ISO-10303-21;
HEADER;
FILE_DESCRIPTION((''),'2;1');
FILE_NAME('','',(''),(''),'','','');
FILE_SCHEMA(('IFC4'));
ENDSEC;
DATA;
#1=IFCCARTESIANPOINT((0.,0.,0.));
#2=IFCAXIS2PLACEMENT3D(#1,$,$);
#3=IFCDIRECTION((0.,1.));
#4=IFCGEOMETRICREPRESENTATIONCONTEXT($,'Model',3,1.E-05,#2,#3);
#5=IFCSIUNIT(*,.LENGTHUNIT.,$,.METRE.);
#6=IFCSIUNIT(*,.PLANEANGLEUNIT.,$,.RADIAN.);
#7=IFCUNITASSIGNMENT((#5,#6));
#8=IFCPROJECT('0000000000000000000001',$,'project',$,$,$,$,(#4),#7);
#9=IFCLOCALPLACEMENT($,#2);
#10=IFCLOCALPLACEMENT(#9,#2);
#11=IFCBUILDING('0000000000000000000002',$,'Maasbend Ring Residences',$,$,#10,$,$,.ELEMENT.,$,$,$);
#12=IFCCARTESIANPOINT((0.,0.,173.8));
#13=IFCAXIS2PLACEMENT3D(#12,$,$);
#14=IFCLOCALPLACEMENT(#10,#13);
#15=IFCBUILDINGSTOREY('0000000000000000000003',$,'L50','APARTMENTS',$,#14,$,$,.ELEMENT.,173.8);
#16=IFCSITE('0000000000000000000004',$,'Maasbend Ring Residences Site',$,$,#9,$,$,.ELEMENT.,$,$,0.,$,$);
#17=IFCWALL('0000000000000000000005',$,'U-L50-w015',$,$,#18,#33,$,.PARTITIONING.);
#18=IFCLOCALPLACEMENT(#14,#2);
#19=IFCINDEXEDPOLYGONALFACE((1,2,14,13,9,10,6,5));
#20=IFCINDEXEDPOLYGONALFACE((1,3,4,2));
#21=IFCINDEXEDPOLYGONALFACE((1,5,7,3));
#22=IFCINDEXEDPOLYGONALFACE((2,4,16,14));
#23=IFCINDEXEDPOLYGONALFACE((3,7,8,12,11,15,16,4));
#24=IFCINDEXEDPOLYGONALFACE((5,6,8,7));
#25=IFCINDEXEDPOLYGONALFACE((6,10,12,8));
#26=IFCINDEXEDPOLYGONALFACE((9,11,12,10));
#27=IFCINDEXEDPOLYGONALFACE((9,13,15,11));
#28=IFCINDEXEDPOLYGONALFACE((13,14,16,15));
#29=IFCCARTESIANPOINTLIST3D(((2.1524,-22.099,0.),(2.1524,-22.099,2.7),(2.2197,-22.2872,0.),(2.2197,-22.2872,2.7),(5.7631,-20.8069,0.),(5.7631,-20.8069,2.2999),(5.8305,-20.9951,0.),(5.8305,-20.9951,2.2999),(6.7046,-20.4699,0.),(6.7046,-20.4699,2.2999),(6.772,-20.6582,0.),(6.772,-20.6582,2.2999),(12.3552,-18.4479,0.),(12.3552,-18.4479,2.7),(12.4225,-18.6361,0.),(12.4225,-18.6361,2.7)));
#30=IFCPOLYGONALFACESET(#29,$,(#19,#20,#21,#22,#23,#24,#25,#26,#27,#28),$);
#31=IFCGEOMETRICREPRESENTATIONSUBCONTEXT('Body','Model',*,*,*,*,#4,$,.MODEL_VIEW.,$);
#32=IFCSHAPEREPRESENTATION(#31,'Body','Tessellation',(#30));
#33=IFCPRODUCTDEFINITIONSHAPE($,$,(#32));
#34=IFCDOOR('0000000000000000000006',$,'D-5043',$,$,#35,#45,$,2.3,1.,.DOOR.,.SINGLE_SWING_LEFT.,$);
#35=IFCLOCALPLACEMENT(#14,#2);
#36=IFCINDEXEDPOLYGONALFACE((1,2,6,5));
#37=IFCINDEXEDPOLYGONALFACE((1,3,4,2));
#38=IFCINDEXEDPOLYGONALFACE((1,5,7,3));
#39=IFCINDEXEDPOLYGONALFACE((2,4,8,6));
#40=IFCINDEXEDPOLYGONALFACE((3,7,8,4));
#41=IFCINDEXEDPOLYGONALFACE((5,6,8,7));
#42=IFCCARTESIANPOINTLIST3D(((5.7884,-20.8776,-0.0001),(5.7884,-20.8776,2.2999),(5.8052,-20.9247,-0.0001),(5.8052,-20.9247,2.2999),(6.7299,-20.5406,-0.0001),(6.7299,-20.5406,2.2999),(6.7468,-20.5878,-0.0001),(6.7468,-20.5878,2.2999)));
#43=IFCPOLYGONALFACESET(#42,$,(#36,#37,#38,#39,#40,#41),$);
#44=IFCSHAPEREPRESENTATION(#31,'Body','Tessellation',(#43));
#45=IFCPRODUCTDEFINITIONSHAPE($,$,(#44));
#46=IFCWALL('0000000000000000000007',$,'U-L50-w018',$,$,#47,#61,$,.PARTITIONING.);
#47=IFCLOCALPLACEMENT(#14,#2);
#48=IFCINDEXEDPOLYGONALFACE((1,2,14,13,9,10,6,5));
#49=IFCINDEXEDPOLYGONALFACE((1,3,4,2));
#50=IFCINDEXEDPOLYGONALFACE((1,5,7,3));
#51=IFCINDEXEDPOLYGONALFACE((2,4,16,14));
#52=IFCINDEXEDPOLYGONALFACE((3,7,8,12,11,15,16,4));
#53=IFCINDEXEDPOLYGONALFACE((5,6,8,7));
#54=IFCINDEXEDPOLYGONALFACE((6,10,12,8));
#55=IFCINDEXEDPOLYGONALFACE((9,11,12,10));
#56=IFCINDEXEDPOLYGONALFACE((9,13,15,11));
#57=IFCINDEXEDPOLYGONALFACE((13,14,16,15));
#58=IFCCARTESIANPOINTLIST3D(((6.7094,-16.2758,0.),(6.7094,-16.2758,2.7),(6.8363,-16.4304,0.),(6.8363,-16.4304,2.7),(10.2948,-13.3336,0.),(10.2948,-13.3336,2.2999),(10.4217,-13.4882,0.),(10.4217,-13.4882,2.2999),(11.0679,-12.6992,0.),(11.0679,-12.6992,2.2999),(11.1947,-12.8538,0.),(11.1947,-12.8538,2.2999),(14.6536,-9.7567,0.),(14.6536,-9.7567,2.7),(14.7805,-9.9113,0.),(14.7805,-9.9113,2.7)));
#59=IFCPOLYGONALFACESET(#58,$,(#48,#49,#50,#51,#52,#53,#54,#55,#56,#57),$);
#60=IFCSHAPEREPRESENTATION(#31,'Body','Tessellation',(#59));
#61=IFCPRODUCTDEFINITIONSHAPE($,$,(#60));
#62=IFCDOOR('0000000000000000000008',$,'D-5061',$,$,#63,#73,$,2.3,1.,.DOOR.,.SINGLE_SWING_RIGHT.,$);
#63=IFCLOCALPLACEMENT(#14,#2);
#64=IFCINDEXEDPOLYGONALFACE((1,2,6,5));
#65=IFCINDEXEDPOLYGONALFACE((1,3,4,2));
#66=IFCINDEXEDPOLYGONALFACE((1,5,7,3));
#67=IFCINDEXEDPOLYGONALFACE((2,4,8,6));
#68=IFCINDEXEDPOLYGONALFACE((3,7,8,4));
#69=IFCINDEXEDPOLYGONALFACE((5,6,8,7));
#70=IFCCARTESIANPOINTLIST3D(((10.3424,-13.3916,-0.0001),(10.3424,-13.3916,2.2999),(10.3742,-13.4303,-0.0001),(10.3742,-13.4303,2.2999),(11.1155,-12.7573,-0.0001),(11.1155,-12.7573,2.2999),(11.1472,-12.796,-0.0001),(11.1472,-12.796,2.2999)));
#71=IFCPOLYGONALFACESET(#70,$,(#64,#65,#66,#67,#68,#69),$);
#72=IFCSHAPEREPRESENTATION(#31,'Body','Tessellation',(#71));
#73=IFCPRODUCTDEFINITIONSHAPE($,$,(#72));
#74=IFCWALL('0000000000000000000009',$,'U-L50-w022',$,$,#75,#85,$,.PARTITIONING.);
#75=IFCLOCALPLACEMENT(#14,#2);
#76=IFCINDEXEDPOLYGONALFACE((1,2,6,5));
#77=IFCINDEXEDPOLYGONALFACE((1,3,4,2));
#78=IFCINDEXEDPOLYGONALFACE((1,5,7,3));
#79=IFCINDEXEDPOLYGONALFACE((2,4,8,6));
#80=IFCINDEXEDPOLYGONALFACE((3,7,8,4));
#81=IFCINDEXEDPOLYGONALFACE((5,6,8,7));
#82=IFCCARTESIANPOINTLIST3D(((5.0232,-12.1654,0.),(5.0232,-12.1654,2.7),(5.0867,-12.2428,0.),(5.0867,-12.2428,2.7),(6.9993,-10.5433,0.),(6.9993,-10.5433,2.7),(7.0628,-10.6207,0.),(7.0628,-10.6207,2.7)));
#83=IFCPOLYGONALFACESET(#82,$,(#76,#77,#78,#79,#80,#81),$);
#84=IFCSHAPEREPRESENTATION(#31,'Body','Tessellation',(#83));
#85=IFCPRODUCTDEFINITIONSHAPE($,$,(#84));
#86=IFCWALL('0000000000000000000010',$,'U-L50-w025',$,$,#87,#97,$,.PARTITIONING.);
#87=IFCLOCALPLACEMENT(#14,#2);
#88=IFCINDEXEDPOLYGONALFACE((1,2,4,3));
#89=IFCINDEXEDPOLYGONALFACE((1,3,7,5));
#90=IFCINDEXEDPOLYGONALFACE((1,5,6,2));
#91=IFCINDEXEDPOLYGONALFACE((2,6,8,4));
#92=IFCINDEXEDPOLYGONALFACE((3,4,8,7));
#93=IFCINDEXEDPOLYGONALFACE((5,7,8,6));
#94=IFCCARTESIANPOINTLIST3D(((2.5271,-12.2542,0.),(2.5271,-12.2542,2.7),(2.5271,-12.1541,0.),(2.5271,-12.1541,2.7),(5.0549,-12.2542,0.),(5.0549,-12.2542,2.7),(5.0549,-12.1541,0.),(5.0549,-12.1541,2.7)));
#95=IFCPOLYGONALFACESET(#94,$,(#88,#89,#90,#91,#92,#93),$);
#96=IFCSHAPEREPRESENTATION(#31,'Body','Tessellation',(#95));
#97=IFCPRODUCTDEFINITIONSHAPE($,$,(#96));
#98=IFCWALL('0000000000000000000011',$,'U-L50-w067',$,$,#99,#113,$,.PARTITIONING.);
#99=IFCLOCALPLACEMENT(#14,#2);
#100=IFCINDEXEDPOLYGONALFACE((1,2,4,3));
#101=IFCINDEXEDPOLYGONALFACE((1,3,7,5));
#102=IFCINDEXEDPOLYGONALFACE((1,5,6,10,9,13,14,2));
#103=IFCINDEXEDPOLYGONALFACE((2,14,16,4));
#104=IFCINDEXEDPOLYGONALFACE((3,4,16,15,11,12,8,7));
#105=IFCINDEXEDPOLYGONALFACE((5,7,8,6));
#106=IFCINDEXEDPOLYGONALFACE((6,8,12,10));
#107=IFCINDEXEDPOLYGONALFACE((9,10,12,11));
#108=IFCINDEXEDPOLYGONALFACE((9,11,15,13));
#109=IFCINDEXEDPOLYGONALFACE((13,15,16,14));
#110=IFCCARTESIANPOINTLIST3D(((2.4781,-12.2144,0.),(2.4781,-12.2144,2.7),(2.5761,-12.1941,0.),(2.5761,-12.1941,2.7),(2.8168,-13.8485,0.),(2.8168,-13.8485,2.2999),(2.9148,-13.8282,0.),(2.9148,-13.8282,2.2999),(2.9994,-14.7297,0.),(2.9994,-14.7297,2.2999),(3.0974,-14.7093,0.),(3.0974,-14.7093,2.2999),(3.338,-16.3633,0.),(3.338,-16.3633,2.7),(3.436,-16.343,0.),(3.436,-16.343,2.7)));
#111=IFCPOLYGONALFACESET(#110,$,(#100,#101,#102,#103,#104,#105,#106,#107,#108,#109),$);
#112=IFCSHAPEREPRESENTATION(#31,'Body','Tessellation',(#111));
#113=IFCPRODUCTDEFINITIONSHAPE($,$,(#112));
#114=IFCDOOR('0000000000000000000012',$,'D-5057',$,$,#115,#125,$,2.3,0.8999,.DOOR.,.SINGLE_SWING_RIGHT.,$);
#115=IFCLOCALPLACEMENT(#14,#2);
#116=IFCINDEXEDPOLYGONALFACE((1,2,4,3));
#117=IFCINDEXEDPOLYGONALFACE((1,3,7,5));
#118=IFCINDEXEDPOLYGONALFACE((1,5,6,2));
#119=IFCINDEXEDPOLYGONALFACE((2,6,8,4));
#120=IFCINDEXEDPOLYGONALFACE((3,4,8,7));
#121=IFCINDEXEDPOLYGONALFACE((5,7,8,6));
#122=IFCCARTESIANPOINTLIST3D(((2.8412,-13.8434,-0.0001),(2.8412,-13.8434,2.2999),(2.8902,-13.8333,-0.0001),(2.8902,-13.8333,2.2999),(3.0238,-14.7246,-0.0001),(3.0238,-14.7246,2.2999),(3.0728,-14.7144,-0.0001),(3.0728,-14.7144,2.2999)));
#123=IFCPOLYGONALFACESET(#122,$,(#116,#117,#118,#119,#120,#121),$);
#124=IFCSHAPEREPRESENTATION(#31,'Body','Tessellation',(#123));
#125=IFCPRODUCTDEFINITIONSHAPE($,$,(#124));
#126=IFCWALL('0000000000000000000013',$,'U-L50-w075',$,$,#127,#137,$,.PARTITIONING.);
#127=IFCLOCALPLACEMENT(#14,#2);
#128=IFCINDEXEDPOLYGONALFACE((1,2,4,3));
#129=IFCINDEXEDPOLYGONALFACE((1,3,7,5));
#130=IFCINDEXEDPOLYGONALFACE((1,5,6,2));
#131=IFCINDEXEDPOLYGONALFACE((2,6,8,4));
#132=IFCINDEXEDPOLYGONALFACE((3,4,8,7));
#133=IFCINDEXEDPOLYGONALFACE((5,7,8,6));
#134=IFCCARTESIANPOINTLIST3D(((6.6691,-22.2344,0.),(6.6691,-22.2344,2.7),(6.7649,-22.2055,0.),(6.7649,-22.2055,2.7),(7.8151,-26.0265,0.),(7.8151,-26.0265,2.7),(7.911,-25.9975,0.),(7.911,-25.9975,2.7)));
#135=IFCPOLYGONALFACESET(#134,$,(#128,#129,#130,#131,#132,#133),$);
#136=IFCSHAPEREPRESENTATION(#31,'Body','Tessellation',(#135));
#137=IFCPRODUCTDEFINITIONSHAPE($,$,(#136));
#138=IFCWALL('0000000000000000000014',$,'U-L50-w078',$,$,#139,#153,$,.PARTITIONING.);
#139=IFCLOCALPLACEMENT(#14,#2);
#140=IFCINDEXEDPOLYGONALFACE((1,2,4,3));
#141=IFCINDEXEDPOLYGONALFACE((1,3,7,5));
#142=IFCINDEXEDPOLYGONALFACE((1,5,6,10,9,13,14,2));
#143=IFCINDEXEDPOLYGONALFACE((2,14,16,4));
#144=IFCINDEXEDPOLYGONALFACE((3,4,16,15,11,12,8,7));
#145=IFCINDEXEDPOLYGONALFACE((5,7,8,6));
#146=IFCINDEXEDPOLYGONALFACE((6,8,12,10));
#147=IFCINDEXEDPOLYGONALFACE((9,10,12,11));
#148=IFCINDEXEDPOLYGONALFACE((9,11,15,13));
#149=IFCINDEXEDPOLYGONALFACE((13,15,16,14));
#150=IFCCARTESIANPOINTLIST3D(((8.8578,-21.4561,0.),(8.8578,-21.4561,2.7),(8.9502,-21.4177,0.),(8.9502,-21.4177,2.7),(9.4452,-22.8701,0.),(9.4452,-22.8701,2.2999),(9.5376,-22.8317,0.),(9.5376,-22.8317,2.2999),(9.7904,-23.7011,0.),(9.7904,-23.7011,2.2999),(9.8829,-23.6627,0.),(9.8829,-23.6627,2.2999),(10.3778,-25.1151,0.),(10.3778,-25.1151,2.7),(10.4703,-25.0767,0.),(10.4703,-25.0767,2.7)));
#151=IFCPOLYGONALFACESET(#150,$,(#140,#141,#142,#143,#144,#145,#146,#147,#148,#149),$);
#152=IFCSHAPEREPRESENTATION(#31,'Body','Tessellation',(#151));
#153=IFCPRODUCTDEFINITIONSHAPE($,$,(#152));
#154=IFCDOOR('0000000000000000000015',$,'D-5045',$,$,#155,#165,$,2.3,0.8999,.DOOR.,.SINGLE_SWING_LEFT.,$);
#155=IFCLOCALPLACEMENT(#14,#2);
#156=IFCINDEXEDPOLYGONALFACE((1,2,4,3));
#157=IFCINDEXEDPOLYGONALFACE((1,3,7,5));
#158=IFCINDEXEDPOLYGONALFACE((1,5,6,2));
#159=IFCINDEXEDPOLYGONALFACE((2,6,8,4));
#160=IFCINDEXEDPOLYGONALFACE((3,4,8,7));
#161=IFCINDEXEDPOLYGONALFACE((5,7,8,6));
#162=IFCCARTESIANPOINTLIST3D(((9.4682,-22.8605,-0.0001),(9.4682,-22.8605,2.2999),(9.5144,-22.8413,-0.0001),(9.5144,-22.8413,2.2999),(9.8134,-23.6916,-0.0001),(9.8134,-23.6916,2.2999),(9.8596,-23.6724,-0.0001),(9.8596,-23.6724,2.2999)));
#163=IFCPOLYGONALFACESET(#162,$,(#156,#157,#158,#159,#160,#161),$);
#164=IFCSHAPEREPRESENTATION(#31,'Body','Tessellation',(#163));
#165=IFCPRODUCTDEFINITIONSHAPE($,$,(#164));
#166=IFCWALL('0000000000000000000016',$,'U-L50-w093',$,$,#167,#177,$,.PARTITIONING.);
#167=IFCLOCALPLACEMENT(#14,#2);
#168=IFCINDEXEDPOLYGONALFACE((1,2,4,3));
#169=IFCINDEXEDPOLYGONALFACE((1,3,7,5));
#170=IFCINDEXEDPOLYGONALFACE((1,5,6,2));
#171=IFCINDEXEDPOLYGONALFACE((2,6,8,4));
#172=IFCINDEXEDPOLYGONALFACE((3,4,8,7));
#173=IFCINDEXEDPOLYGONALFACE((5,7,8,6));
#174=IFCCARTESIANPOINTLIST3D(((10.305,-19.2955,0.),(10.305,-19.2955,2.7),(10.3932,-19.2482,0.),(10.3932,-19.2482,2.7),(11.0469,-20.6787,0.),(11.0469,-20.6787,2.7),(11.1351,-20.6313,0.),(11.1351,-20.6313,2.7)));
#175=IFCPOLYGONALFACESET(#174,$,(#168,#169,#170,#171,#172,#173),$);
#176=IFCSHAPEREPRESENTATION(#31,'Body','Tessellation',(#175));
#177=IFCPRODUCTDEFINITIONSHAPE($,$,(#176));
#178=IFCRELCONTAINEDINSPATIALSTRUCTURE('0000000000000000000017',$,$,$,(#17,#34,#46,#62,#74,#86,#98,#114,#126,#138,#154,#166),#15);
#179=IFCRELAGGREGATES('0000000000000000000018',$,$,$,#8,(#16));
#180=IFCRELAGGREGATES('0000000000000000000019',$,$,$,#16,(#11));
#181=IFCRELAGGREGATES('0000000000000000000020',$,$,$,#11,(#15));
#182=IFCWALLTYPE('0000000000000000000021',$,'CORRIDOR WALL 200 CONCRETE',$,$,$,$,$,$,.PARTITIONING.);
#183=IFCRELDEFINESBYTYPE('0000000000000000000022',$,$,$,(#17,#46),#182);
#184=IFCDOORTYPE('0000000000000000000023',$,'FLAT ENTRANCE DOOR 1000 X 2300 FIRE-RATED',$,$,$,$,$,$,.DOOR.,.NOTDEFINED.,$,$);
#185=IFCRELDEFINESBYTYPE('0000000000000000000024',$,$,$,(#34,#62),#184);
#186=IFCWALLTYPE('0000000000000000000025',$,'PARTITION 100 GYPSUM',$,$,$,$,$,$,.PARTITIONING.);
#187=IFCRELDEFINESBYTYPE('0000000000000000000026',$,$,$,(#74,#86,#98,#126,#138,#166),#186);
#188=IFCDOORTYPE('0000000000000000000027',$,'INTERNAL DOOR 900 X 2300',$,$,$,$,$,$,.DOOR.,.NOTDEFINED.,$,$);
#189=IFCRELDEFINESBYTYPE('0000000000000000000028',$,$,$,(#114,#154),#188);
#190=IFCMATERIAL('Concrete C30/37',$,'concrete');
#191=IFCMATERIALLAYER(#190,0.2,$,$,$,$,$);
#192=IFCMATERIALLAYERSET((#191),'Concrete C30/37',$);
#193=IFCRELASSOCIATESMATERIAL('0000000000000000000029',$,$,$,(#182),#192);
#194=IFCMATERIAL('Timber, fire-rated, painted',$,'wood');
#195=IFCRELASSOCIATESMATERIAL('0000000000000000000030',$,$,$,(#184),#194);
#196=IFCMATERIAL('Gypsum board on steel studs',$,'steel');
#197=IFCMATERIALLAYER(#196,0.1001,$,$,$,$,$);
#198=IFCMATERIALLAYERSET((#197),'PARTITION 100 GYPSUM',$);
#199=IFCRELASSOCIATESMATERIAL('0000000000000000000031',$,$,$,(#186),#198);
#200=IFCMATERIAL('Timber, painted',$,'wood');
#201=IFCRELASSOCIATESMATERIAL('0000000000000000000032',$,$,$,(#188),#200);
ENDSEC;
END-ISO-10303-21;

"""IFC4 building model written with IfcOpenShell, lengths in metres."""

from ifc_helpers import new_model, si_unit, direction, frame, frame_2d, origin, place, context, subcontext, project, spatial, rectangle, extrude, material, layer, layer_set, type_object, element, fill, save


model = new_model("IFC4")

# Units and contexts
model_context = context("Model", 3, precision=1e-05, world=origin(), true_north=direction((0.0, 1.0)))
body_context = subcontext(model_context, "Body", "Model", "MODEL_VIEW")
ifc_project = project(units=[si_unit("LENGTHUNIT", "METRE"), si_unit("PLANEANGLEUNIT", "RADIAN")], contexts=[model_context])

# Site, building, storey
site_placement = place(None, origin())
site = spatial("IfcSite", under=ifc_project, at=site_placement, Name="Maasbend Ring Residences Site", CompositionType="ELEMENT", RefElevation=0.0)
building_placement = place(site_placement, origin())
building = spatial("IfcBuilding", under=site, at=building_placement, Name="Maasbend Ring Residences", CompositionType="ELEMENT")
storey_placement = place(building_placement, frame((0.0, 0.0, 173.8)))
storey = spatial("IfcBuildingStorey", under=building, at=storey_placement, Name="L50", Description="APARTMENTS", CompositionType="ELEMENT", Elevation=173.8)

# Walls, openings, doors
ifc_material_1 = material(Name="Concrete C30/37", Category="concrete")
ifc_layer_1 = layer(ifc_material_1, 0.2)
ifc_layer_set_1 = layer_set([ifc_layer_1], Name="Concrete C30/37")
wall_type_1 = type_object("IfcWallType", Name="CORRIDOR WALL 200 CONCRETE", PredefinedType="PARTITIONING", material=ifc_layer_set_1)
wall_1_placement = place(storey_placement, frame((2.186, -22.1931, 0.0), z_axis=(0.0, 0.0, 1.0), x_axis=(0.94153, 0.336929, 0.0)))
wall_1 = element("IfcWall", 1, at=wall_1_placement, inside=storey, type_object=wall_type_1, Name="U-L50-w015", PredefinedType="PARTITIONING", context=body_context, shape_type="SweptSolid", body=[
    extrude(rectangle(XDim=10.8364, YDim=0.2, at=frame_2d((5.4182, 0.0))), origin(), (0.0, 0.0, 1.0), 2.7),
])
opening_1_placement = place(wall_1_placement, frame((3.835, 0.0, 0.0)))
opening_1 = element("IfcOpeningElement", 2, at=opening_1_placement, cuts=wall_1, PredefinedType="OPENING", context=body_context, shape_type="SweptSolid", body=[
    extrude(rectangle(XDim=1.0, YDim=2.3, at=frame_2d((0.5, 1.1499))), frame((0.0, 0.1099, 0.0), z_axis=(0.0, -1.0, 0.0), x_axis=(1.0, 0.0, 0.0)), (0.0, 0.0, 1.0), 0.22),
])
ifc_material_2 = material(Name="Timber, fire-rated, painted", Category="wood")
door_type_1 = type_object("IfcDoorType", Name="FLAT ENTRANCE DOOR 1000 X 2300 FIRE-RATED", OperationType="NOTDEFINED", PredefinedType="DOOR", material=ifc_material_2)
door_1_placement = place(opening_1_placement, origin())
door_1 = element("IfcDoor", 3, at=door_1_placement, inside=storey, type_object=door_type_1, Name="D-5043", OperationType="SINGLE_SWING_LEFT", OverallHeight=2.3, OverallWidth=1.0, PredefinedType="DOOR", context=body_context, shape_type="SweptSolid", body=[
    extrude(rectangle(XDim=1.0, YDim=2.3, at=frame_2d((0.5, 1.1499))), frame((0.0, 0.0249, 0.0), z_axis=(0.0, -1.0, 0.0), x_axis=(1.0, 0.0, 0.0)), (0.0, 0.0, 1.0), 0.05),
])
fill(opening_1, door_1)
wall_2_placement = place(storey_placement, frame((6.7729, -16.353, 0.0), z_axis=(0.0, 0.0, 1.0), x_axis=(0.773035, 0.634364, 0.0)))
wall_2 = element("IfcWall", 4, at=wall_2_placement, inside=storey, type_object=wall_type_1, Name="U-L50-w018", PredefinedType="PARTITIONING", context=body_context, shape_type="SweptSolid", body=[
    extrude(rectangle(XDim=10.2766, YDim=0.2, at=frame_2d((5.1382, 0.0))), origin(), (0.0, 0.0, 1.0), 2.7),
])
opening_2_placement = place(wall_2_placement, frame((4.6379, 0.0, 0.0)))
opening_2 = element("IfcOpeningElement", 5, at=opening_2_placement, cuts=wall_2, PredefinedType="OPENING", context=body_context, shape_type="SweptSolid", body=[
    extrude(rectangle(XDim=1.0, YDim=2.3, at=frame_2d((0.5, 1.1499))), frame((0.0, 0.1099, 0.0), z_axis=(0.0, -1.0, 0.0), x_axis=(1.0, 0.0, 0.0)), (0.0, 0.0, 1.0), 0.22),
])
door_2_placement = place(opening_2_placement, origin())
door_2 = element("IfcDoor", 6, at=door_2_placement, inside=storey, type_object=door_type_1, Name="D-5061", OperationType="SINGLE_SWING_RIGHT", OverallHeight=2.3, OverallWidth=1.0, PredefinedType="DOOR", context=body_context, shape_type="SweptSolid", body=[
    extrude(rectangle(XDim=1.0, YDim=2.3, at=frame_2d((0.5, 1.1499))), frame((0.0, 0.0249, 0.0), z_axis=(0.0, -1.0, 0.0), x_axis=(1.0, 0.0, 0.0)), (0.0, 0.0, 1.0), 0.05),
])
fill(opening_2, door_2)

# Walls
ifc_material_3 = material(Name="Gypsum board on steel studs", Category="steel")
ifc_layer_2 = layer(ifc_material_3, 0.1001)
ifc_layer_set_2 = layer_set([ifc_layer_2], Name="PARTITION 100 GYPSUM")
wall_type_2 = type_object("IfcWallType", Name="PARTITION 100 GYPSUM", PredefinedType="PARTITIONING", material=ifc_layer_set_2)
wall_3_placement = place(storey_placement, frame((5.0549, -12.2041, 0.0), z_axis=(0.0, 0.0, 1.0), x_axis=(0.772944, 0.634475, 0.0)))
element("IfcWall", 7, at=wall_3_placement, inside=storey, type_object=wall_type_2, Name="U-L50-w022", PredefinedType="PARTITIONING", context=body_context, shape_type="SweptSolid", body=[
    extrude(rectangle(XDim=2.5566, YDim=0.1001, at=frame_2d((1.2783, 0.0))), origin(), (0.0, 0.0, 1.0), 2.7),
])
wall_4_placement = place(storey_placement, frame((2.5271, -12.2041, 0.0), z_axis=(0.0, 0.0, 1.0), x_axis=(1.0, 0.0, 0.0)))
element("IfcWall", 8, at=wall_4_placement, inside=storey, type_object=wall_type_2, Name="U-L50-w025", PredefinedType="PARTITIONING", context=body_context, shape_type="SweptSolid", body=[
    extrude(rectangle(XDim=2.5278, YDim=0.1001, at=frame_2d((1.2639, 0.0))), origin(), (0.0, 0.0, 1.0), 2.7),
])

# Wall, opening, door
wall_5_placement = place(storey_placement, frame((2.5271, -12.2041, 0.0), z_axis=(0.0, 0.0, 1.0), x_axis=(0.202937, -0.979192, 0.0)))
wall_5 = element("IfcWall", 9, at=wall_5_placement, inside=storey, type_object=wall_type_2, Name="U-L50-w067", PredefinedType="PARTITIONING", context=body_context, shape_type="SweptSolid", body=[
    extrude(rectangle(XDim=4.2371, YDim=0.1001, at=frame_2d((2.1187, 0.0))), origin(), (0.0, 0.0, 1.0), 2.7),
])
opening_3_placement = place(wall_5_placement, frame((1.6689, 0.0, 0.0)))
opening_3 = element("IfcOpeningElement", 10, at=opening_3_placement, cuts=wall_5, PredefinedType="OPENING", context=body_context, shape_type="SweptSolid", body=[
    extrude(rectangle(XDim=0.8999, YDim=2.3, at=frame_2d((0.45, 1.1499))), frame((0.0, 0.0601, 0.0), z_axis=(0.0, -1.0, 0.0), x_axis=(1.0, 0.0, 0.0)), (0.0, 0.0, 1.0), 0.1201),
])
ifc_material_4 = material(Name="Timber, painted", Category="wood")
door_type_2 = type_object("IfcDoorType", Name="INTERNAL DOOR 900 X 2300", OperationType="NOTDEFINED", PredefinedType="DOOR", material=ifc_material_4)
door_3_placement = place(opening_3_placement, origin())
door_3 = element("IfcDoor", 11, at=door_3_placement, inside=storey, type_object=door_type_2, Name="D-5057", OperationType="SINGLE_SWING_RIGHT", OverallHeight=2.3, OverallWidth=0.8999, PredefinedType="DOOR", context=body_context, shape_type="SweptSolid", body=[
    extrude(rectangle(XDim=0.8999, YDim=2.3, at=frame_2d((0.45, 1.1499))), frame((0.0, 0.0249, 0.0), z_axis=(0.0, -1.0, 0.0), x_axis=(1.0, 0.0, 0.0)), (0.0, 0.0, 1.0), 0.05),
])
fill(opening_3, door_3)

# Wall
wall_6_placement = place(storey_placement, frame((6.717, -22.22, 0.0), z_axis=(0.0, 0.0, 1.0), x_axis=(0.289292, -0.957241, 0.0)))
element("IfcWall", 12, at=wall_6_placement, inside=storey, type_object=wall_type_2, Name="U-L50-w075", PredefinedType="PARTITIONING", context=body_context, shape_type="SweptSolid", body=[
    extrude(rectangle(XDim=3.9614, YDim=0.1001, at=frame_2d((1.9807, 0.0))), origin(), (0.0, 0.0, 1.0), 2.7),
])

# Wall, opening, door
wall_7_placement = place(storey_placement, frame((8.9041, -21.437, 0.0), z_axis=(0.0, 0.0, 1.0), x_axis=(0.383639, -0.923483, 0.0)))
wall_7 = element("IfcWall", 13, at=wall_7_placement, inside=storey, type_object=wall_type_2, Name="U-L50-w078", PredefinedType="PARTITIONING", context=body_context, shape_type="SweptSolid", body=[
    extrude(rectangle(XDim=3.9622, YDim=0.1001, at=frame_2d((1.981, 0.0))), origin(), (0.0, 0.0, 1.0), 2.7),
])
opening_4_placement = place(wall_7_placement, frame((1.531, 0.0, 0.0)))
opening_4 = element("IfcOpeningElement", 14, at=opening_4_placement, cuts=wall_7, PredefinedType="OPENING", context=body_context, shape_type="SweptSolid", body=[
    extrude(rectangle(XDim=0.8999, YDim=2.3, at=frame_2d((0.45, 1.1499))), frame((0.0, 0.0601, 0.0), z_axis=(0.0, -1.0, 0.0), x_axis=(1.0, 0.0, 0.0)), (0.0, 0.0, 1.0), 0.1201),
])
door_4_placement = place(opening_4_placement, origin())
door_4 = element("IfcDoor", 15, at=door_4_placement, inside=storey, type_object=door_type_2, Name="D-5045", OperationType="SINGLE_SWING_LEFT", OverallHeight=2.3, OverallWidth=0.8999, PredefinedType="DOOR", context=body_context, shape_type="SweptSolid", body=[
    extrude(rectangle(XDim=0.8999, YDim=2.3, at=frame_2d((0.45, 1.1499))), frame((0.0, 0.0249, 0.0), z_axis=(0.0, -1.0, 0.0), x_axis=(1.0, 0.0, 0.0)), (0.0, 0.0, 1.0), 0.05),
])
fill(opening_4, door_4)

# Wall
wall_8_placement = place(storey_placement, frame((10.3491, -19.272, 0.0), z_axis=(0.0, 0.0, 1.0), x_axis=(0.472726, -0.881209, 0.0)))
element("IfcWall", 16, at=wall_8_placement, inside=storey, type_object=wall_type_2, Name="U-L50-w093", PredefinedType="PARTITIONING", context=body_context, shape_type="SweptSolid", body=[
    extrude(rectangle(XDim=1.5696, YDim=0.1001, at=frame_2d((0.7847, 0.0))), origin(), (0.0, 0.0, 1.0), 2.7),
])

save(model, "model.ifc")
